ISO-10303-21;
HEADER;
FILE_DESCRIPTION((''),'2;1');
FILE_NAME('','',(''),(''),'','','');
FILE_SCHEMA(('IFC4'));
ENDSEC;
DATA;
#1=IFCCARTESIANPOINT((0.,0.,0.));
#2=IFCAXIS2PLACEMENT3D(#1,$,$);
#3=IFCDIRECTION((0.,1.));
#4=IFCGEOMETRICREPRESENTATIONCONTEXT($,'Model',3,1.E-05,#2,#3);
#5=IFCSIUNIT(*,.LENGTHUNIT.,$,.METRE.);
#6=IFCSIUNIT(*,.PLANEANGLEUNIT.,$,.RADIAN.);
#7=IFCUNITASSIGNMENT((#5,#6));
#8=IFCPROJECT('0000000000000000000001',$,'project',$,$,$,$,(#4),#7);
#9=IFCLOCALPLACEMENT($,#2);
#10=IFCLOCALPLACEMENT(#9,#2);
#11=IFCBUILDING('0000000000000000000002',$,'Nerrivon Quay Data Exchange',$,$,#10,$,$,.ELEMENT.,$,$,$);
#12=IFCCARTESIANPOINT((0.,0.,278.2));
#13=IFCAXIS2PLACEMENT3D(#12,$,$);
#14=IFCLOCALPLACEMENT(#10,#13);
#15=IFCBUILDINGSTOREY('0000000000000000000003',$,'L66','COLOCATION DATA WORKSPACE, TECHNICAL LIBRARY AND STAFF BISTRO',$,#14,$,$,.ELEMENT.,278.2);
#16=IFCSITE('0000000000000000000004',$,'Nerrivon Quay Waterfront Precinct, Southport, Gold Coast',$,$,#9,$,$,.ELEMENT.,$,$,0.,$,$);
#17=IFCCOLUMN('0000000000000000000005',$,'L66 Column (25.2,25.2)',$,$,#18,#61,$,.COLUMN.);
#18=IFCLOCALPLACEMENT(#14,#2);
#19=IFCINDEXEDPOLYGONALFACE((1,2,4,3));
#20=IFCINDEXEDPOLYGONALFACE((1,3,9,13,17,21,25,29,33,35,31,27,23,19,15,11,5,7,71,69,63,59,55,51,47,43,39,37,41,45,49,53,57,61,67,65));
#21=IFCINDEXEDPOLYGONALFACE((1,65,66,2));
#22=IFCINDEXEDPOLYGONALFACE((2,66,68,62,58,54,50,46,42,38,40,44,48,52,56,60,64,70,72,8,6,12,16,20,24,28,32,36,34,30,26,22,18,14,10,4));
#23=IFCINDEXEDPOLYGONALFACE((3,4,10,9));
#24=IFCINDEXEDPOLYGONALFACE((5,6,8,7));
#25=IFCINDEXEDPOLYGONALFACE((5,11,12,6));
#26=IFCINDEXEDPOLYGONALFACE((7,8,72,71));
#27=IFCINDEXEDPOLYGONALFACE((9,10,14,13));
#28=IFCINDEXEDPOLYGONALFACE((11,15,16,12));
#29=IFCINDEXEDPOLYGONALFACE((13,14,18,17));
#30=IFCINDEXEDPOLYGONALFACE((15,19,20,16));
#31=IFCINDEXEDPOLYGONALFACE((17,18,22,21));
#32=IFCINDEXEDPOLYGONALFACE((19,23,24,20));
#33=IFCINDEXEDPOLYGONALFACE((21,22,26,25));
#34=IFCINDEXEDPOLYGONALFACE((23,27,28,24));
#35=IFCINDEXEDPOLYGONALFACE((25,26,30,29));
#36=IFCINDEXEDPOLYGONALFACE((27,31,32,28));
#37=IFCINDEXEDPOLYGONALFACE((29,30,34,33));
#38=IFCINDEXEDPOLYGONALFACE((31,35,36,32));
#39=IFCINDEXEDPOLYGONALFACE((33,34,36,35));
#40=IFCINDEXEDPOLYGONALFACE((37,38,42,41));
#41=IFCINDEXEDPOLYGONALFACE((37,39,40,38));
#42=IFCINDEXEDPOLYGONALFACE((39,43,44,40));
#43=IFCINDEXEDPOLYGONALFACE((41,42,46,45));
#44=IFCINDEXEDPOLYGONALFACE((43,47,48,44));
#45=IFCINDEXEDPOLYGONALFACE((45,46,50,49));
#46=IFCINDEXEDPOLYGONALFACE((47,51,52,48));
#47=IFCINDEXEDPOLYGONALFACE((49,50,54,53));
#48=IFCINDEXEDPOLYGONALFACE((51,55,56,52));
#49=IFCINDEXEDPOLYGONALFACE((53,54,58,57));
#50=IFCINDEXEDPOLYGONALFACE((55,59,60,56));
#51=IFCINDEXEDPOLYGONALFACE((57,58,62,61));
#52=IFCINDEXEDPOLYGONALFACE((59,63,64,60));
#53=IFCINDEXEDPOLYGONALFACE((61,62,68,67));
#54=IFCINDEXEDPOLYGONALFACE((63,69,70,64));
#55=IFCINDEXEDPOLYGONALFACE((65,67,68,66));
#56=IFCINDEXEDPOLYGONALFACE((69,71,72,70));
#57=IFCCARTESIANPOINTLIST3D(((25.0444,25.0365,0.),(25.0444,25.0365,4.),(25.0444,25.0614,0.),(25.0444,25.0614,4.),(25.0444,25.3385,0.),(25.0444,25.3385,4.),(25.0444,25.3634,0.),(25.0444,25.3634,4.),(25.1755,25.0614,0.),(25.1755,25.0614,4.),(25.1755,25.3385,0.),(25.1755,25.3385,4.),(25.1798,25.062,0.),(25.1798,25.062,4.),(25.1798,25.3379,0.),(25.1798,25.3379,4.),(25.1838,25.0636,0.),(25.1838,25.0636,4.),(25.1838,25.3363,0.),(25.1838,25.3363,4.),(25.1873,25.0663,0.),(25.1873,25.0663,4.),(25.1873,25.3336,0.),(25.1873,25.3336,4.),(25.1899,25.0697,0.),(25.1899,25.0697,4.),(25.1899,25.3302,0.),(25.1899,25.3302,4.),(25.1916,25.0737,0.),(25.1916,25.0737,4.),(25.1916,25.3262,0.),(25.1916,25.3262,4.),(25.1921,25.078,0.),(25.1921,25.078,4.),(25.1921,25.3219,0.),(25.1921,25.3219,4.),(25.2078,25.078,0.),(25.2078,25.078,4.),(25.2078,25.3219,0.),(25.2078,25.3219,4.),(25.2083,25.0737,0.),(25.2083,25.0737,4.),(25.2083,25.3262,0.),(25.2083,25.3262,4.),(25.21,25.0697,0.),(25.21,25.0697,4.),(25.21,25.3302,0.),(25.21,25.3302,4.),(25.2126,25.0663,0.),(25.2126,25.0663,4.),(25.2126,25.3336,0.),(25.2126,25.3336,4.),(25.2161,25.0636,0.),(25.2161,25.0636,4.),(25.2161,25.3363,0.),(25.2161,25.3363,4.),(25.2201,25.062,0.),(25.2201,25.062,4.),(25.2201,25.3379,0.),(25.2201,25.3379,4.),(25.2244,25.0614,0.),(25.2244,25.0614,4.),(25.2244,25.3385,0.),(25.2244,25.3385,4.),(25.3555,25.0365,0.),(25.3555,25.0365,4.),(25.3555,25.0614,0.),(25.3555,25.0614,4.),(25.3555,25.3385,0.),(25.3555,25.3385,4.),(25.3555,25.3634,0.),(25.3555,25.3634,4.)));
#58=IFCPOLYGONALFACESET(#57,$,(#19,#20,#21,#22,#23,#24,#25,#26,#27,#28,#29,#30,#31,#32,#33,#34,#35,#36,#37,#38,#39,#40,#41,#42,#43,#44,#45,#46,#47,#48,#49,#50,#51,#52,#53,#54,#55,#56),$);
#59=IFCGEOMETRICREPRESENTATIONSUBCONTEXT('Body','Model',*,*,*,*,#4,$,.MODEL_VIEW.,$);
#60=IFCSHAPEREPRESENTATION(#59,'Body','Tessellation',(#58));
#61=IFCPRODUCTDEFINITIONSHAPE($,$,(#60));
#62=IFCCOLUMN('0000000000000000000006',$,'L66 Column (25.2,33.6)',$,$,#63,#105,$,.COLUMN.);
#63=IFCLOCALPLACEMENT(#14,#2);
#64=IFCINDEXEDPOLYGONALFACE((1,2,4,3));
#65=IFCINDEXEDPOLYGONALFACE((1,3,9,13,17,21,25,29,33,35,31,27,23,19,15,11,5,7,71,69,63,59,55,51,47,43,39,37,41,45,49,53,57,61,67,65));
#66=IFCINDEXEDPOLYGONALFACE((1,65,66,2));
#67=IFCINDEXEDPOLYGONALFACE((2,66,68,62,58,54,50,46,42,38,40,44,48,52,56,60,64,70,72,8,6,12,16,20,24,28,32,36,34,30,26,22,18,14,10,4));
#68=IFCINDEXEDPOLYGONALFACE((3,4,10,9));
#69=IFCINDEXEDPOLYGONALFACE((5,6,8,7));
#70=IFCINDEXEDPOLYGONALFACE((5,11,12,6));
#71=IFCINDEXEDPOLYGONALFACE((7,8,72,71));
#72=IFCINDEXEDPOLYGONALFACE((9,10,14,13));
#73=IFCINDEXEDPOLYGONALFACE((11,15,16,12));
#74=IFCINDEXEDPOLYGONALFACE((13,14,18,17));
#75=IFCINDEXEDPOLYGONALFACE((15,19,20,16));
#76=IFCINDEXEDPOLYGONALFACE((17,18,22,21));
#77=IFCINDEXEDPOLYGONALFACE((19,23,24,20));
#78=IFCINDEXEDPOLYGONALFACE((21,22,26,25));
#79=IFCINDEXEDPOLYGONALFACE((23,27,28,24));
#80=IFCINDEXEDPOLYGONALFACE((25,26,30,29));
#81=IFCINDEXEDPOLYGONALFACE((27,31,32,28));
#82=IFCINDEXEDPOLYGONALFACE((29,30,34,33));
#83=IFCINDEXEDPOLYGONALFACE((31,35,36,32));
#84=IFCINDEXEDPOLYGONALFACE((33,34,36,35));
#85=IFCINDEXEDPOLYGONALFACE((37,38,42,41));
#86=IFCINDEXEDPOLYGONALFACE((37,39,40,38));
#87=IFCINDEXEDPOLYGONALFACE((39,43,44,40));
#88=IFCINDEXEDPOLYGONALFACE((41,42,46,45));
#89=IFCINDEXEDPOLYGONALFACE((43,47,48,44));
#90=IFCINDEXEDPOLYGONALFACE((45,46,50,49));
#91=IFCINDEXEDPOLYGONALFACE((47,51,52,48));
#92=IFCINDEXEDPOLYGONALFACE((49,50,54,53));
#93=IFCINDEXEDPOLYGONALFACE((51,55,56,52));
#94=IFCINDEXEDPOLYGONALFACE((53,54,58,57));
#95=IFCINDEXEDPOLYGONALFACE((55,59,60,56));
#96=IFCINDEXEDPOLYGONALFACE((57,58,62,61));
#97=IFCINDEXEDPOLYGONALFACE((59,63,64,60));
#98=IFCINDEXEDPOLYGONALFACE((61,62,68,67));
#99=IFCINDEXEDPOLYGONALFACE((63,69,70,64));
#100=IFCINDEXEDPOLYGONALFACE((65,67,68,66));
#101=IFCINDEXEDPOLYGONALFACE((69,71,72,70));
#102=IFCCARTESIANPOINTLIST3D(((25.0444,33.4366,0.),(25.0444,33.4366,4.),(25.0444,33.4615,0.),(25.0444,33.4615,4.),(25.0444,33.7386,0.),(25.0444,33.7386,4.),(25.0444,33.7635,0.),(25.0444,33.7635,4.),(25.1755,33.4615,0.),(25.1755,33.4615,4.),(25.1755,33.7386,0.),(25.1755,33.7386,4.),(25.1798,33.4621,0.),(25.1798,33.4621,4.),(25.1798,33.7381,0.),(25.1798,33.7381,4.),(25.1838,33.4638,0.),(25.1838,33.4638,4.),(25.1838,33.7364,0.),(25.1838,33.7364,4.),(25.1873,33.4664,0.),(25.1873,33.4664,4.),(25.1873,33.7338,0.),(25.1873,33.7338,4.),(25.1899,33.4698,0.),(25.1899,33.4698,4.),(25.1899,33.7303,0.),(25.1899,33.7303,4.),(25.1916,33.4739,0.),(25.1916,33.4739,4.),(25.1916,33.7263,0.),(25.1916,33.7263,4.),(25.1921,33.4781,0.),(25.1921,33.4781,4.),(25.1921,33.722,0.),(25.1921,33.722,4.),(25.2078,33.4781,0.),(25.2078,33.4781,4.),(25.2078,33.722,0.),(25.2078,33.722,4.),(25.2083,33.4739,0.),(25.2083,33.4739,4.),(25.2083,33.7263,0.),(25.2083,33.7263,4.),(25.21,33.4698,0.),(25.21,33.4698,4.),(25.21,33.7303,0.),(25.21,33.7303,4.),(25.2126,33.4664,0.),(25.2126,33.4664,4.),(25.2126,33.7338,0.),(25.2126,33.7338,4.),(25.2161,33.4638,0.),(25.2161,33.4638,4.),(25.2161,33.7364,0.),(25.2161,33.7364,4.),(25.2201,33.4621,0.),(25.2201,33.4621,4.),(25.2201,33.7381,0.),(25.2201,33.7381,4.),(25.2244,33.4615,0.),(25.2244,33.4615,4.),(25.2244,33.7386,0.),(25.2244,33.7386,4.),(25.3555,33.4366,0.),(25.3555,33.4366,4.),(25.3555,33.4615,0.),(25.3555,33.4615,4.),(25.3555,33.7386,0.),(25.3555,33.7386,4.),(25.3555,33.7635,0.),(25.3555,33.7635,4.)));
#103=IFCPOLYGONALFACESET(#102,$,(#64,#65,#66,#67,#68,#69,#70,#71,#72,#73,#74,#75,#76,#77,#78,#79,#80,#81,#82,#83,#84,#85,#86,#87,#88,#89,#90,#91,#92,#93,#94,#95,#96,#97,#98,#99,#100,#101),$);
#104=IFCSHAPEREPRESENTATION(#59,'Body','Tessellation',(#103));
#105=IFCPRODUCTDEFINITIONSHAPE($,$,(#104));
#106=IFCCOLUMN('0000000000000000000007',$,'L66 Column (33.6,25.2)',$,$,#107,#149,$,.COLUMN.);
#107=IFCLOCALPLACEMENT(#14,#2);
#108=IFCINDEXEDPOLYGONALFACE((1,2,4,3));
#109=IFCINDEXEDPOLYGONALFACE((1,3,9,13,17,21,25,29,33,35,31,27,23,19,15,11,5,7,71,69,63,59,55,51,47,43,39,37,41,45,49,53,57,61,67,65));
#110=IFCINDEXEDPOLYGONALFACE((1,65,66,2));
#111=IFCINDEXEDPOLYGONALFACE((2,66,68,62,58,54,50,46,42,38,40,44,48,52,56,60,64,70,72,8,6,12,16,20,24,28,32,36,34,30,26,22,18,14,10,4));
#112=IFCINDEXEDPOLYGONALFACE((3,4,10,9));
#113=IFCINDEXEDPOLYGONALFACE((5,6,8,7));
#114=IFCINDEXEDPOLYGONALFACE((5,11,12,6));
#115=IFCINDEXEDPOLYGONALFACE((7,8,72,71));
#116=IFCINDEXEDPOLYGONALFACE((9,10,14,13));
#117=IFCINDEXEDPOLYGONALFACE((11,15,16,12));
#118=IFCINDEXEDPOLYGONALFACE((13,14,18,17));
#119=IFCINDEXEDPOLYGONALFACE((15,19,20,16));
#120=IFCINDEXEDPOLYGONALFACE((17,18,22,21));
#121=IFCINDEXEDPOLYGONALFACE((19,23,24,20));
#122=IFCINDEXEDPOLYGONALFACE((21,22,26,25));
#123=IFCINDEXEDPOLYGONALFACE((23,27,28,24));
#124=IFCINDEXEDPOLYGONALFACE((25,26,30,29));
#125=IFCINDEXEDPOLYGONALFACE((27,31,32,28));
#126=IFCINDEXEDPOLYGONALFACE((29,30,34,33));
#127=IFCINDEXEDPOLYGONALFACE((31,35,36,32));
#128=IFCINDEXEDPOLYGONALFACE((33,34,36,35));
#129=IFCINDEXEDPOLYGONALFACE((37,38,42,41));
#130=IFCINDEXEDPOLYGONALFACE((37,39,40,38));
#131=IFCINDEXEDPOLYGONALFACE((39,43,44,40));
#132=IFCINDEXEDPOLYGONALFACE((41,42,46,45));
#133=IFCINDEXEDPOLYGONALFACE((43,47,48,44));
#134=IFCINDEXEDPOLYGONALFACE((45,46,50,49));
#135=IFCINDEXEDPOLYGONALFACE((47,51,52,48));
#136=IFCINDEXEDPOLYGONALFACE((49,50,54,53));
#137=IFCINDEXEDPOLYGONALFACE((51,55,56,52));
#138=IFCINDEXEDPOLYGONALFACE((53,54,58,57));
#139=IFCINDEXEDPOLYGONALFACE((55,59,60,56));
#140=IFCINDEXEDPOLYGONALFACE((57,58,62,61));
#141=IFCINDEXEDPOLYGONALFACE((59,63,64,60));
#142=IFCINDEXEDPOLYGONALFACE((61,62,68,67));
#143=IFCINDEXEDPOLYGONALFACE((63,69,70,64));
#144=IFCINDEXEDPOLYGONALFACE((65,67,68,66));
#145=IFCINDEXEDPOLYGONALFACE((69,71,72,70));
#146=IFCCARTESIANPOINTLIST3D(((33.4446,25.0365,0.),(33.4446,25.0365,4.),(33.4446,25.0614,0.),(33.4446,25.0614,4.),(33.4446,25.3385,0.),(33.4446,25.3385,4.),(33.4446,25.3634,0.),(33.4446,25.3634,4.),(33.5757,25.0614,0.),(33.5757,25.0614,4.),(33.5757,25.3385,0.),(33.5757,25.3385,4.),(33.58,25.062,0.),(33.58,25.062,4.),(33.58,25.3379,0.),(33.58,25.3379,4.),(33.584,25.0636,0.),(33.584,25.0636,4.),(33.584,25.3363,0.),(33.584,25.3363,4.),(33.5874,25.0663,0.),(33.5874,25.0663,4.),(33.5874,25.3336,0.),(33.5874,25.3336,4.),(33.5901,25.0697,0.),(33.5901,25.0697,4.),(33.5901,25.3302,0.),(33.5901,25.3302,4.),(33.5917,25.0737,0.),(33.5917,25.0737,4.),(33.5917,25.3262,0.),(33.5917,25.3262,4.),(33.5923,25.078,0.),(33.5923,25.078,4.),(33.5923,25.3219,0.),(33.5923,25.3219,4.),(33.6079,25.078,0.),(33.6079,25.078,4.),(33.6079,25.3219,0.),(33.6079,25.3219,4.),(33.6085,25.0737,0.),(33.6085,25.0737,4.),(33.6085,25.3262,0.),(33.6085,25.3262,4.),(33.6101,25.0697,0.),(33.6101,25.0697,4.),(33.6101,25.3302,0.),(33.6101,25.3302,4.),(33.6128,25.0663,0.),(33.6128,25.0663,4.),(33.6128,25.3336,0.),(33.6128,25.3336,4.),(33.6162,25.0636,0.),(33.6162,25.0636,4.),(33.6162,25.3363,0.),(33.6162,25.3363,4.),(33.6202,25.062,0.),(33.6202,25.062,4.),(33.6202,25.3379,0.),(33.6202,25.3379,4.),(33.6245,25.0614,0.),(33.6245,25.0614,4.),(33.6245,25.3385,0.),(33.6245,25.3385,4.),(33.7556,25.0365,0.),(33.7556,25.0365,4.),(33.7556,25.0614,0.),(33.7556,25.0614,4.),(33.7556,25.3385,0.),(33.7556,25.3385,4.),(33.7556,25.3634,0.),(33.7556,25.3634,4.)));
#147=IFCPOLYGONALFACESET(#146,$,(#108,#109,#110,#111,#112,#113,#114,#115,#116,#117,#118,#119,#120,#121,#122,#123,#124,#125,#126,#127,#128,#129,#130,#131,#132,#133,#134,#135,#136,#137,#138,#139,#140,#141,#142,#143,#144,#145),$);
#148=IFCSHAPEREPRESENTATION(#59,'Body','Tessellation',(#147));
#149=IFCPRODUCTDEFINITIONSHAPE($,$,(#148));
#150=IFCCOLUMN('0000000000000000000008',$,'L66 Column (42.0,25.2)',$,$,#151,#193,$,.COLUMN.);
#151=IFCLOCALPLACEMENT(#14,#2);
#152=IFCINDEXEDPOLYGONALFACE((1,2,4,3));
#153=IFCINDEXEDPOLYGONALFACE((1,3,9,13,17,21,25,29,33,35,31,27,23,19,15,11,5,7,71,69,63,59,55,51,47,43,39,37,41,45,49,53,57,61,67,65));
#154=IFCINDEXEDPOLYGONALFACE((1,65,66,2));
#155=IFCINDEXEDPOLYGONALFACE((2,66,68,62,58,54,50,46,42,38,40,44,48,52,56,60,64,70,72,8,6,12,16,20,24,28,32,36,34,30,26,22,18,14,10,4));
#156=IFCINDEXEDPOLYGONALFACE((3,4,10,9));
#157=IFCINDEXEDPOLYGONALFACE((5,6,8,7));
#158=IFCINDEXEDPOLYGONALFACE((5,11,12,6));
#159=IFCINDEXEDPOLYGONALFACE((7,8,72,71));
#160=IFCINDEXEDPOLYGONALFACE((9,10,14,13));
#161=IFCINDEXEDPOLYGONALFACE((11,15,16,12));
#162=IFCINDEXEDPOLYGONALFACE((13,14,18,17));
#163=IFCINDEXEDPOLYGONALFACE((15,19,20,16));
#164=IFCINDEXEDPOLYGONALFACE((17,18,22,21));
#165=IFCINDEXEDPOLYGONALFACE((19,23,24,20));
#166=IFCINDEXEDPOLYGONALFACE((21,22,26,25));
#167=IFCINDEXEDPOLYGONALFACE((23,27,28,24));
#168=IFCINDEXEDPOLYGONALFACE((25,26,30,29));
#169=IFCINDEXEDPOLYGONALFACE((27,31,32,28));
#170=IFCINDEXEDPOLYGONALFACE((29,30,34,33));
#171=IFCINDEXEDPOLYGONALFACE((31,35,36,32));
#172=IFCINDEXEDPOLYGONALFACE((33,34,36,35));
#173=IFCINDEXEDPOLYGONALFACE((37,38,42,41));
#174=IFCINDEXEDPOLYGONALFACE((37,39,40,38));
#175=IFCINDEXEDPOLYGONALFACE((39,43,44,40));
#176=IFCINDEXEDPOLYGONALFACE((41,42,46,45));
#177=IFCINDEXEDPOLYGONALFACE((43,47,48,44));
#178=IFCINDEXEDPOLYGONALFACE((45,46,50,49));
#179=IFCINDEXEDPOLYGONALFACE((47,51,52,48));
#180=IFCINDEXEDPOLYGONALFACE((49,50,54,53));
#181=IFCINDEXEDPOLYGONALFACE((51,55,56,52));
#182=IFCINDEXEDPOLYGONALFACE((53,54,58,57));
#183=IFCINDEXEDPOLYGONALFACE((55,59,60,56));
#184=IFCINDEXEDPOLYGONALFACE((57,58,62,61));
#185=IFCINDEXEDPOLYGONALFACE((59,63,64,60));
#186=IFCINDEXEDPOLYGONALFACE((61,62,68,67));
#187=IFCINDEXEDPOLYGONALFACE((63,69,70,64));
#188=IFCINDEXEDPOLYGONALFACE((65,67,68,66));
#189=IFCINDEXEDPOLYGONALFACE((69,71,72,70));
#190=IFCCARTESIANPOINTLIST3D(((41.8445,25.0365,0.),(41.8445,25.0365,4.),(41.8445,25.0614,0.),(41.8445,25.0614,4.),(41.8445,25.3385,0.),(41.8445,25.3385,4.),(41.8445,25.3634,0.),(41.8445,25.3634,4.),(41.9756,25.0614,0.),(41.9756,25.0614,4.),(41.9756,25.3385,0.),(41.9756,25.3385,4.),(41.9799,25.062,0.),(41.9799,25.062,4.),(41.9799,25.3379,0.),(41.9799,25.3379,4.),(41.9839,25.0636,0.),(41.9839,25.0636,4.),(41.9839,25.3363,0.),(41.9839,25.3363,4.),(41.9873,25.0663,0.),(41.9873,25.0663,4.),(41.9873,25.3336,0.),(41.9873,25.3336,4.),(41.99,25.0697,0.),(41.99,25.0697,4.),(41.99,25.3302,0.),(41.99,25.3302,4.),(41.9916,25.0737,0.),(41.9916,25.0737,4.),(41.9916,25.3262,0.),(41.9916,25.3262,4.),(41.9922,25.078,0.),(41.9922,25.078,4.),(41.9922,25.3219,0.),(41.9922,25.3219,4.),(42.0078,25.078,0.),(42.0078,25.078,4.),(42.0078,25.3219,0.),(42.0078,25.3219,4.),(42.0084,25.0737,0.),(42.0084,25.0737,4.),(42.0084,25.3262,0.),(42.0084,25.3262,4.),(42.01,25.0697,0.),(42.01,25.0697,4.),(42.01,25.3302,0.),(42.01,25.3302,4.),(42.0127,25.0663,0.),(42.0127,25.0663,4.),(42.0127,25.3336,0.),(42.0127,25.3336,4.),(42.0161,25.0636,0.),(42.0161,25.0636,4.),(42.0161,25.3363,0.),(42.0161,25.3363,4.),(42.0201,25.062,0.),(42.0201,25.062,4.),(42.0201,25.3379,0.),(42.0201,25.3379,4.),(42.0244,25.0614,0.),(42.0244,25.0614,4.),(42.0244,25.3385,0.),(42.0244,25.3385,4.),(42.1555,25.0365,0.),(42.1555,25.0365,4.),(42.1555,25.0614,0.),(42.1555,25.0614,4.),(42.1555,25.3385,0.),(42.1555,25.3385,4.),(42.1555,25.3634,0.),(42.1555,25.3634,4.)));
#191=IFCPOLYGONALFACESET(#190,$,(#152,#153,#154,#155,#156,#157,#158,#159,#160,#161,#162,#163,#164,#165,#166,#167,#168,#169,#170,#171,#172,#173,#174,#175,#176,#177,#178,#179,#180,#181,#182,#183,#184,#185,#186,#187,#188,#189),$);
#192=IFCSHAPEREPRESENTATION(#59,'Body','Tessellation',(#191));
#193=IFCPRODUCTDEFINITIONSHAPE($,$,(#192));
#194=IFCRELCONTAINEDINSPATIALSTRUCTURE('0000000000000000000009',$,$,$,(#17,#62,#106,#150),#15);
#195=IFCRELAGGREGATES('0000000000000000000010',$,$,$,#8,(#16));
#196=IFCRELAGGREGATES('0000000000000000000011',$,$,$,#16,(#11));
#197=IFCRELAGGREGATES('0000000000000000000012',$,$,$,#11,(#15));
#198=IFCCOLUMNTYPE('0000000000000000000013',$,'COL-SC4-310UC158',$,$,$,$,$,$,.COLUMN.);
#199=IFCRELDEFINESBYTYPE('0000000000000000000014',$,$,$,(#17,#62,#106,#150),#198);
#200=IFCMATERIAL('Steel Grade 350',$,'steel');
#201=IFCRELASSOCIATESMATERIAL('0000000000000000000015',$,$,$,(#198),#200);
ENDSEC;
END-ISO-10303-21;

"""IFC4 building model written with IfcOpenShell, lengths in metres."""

from ifc_helpers import new_model, si_unit, direction, frame, origin, origin_2d, place, context, subcontext, project, spatial, i_section, extrude, material, material_profile, profile_set, type_object, element, save


model = new_model("IFC4")

# Units and contexts
model_context = context("Model", 3, precision=1e-05, world=origin(), true_north=direction((0.0, 1.0)))
body_context = subcontext(model_context, "Body", "Model", "MODEL_VIEW")
ifc_project = project(units=[si_unit("LENGTHUNIT", "METRE"), si_unit("PLANEANGLEUNIT", "RADIAN")], contexts=[model_context])

# Site, building, storey
site_placement = place(None, origin())
site = spatial("IfcSite", under=ifc_project, at=site_placement, Name="Nerrivon Quay Waterfront Precinct, Southport, Gold Coast", CompositionType="ELEMENT", RefElevation=0.0)
building_placement = place(site_placement, origin())
building = spatial("IfcBuilding", under=site, at=building_placement, Name="Nerrivon Quay Data Exchange", CompositionType="ELEMENT")
storey_placement = place(building_placement, frame((0.0, 0.0, 278.2)))
storey = spatial("IfcBuildingStorey", under=building, at=storey_placement, Name="L66", Description="COLOCATION DATA WORKSPACE, TECHNICAL LIBRARY AND STAFF BISTRO", CompositionType="ELEMENT", Elevation=278.2)

# Columns
ifc_material_1 = material(Name="Steel Grade 350", Category="steel")
ifc_material_profile_1 = material_profile(ifc_material_1, i_section(OverallWidth=0.311, OverallDepth=0.3269, WebThickness=0.0156, FlangeThickness=0.0249, FilletRadius=0.0166, at=origin_2d()), Name="310UC158")
ifc_profile_set_1 = profile_set([ifc_material_profile_1], Name="Steel Grade 350")
column_type = type_object("IfcColumnType", Name="COL-SC4-310UC158", PredefinedType="COLUMN", material=ifc_profile_set_1)
for number, where, z_axis, x_axis, name in (
    (1, (25.2, 25.2, 0.0), (0.0, 0.0, 1.0), (1.0, 0.0, 0.0), "L66 Column (25.2,25.2)"),
    (2, (25.2, 33.6001, 0.0), (0.0, 0.0, 1.0), (1.0, 0.0, 0.0), "L66 Column (25.2,33.6)"),
    (3, (33.6001, 25.2, 0.0), (0.0, 0.0, 1.0), (1.0, 0.0, 0.0), "L66 Column (33.6,25.2)"),
    (4, (42.0, 25.2, 0.0), (0.0, 0.0, 1.0), (1.0, 0.0, 0.0), "L66 Column (42.0,25.2)"),
):
    element("IfcColumn", number, at=place(storey_placement, frame(where, z_axis=z_axis, x_axis=x_axis)), inside=storey, type_object=column_type, Name=name, PredefinedType="COLUMN", context=body_context, shape_type="SweptSolid", body=[
        extrude(i_section(OverallWidth=0.311, OverallDepth=0.3269, WebThickness=0.0156, FlangeThickness=0.0249, FilletRadius=0.0166, at=origin_2d()), origin(), (0.0, 0.0, 1.0), 4.0),
    ])

save(model, "model.ifc")
